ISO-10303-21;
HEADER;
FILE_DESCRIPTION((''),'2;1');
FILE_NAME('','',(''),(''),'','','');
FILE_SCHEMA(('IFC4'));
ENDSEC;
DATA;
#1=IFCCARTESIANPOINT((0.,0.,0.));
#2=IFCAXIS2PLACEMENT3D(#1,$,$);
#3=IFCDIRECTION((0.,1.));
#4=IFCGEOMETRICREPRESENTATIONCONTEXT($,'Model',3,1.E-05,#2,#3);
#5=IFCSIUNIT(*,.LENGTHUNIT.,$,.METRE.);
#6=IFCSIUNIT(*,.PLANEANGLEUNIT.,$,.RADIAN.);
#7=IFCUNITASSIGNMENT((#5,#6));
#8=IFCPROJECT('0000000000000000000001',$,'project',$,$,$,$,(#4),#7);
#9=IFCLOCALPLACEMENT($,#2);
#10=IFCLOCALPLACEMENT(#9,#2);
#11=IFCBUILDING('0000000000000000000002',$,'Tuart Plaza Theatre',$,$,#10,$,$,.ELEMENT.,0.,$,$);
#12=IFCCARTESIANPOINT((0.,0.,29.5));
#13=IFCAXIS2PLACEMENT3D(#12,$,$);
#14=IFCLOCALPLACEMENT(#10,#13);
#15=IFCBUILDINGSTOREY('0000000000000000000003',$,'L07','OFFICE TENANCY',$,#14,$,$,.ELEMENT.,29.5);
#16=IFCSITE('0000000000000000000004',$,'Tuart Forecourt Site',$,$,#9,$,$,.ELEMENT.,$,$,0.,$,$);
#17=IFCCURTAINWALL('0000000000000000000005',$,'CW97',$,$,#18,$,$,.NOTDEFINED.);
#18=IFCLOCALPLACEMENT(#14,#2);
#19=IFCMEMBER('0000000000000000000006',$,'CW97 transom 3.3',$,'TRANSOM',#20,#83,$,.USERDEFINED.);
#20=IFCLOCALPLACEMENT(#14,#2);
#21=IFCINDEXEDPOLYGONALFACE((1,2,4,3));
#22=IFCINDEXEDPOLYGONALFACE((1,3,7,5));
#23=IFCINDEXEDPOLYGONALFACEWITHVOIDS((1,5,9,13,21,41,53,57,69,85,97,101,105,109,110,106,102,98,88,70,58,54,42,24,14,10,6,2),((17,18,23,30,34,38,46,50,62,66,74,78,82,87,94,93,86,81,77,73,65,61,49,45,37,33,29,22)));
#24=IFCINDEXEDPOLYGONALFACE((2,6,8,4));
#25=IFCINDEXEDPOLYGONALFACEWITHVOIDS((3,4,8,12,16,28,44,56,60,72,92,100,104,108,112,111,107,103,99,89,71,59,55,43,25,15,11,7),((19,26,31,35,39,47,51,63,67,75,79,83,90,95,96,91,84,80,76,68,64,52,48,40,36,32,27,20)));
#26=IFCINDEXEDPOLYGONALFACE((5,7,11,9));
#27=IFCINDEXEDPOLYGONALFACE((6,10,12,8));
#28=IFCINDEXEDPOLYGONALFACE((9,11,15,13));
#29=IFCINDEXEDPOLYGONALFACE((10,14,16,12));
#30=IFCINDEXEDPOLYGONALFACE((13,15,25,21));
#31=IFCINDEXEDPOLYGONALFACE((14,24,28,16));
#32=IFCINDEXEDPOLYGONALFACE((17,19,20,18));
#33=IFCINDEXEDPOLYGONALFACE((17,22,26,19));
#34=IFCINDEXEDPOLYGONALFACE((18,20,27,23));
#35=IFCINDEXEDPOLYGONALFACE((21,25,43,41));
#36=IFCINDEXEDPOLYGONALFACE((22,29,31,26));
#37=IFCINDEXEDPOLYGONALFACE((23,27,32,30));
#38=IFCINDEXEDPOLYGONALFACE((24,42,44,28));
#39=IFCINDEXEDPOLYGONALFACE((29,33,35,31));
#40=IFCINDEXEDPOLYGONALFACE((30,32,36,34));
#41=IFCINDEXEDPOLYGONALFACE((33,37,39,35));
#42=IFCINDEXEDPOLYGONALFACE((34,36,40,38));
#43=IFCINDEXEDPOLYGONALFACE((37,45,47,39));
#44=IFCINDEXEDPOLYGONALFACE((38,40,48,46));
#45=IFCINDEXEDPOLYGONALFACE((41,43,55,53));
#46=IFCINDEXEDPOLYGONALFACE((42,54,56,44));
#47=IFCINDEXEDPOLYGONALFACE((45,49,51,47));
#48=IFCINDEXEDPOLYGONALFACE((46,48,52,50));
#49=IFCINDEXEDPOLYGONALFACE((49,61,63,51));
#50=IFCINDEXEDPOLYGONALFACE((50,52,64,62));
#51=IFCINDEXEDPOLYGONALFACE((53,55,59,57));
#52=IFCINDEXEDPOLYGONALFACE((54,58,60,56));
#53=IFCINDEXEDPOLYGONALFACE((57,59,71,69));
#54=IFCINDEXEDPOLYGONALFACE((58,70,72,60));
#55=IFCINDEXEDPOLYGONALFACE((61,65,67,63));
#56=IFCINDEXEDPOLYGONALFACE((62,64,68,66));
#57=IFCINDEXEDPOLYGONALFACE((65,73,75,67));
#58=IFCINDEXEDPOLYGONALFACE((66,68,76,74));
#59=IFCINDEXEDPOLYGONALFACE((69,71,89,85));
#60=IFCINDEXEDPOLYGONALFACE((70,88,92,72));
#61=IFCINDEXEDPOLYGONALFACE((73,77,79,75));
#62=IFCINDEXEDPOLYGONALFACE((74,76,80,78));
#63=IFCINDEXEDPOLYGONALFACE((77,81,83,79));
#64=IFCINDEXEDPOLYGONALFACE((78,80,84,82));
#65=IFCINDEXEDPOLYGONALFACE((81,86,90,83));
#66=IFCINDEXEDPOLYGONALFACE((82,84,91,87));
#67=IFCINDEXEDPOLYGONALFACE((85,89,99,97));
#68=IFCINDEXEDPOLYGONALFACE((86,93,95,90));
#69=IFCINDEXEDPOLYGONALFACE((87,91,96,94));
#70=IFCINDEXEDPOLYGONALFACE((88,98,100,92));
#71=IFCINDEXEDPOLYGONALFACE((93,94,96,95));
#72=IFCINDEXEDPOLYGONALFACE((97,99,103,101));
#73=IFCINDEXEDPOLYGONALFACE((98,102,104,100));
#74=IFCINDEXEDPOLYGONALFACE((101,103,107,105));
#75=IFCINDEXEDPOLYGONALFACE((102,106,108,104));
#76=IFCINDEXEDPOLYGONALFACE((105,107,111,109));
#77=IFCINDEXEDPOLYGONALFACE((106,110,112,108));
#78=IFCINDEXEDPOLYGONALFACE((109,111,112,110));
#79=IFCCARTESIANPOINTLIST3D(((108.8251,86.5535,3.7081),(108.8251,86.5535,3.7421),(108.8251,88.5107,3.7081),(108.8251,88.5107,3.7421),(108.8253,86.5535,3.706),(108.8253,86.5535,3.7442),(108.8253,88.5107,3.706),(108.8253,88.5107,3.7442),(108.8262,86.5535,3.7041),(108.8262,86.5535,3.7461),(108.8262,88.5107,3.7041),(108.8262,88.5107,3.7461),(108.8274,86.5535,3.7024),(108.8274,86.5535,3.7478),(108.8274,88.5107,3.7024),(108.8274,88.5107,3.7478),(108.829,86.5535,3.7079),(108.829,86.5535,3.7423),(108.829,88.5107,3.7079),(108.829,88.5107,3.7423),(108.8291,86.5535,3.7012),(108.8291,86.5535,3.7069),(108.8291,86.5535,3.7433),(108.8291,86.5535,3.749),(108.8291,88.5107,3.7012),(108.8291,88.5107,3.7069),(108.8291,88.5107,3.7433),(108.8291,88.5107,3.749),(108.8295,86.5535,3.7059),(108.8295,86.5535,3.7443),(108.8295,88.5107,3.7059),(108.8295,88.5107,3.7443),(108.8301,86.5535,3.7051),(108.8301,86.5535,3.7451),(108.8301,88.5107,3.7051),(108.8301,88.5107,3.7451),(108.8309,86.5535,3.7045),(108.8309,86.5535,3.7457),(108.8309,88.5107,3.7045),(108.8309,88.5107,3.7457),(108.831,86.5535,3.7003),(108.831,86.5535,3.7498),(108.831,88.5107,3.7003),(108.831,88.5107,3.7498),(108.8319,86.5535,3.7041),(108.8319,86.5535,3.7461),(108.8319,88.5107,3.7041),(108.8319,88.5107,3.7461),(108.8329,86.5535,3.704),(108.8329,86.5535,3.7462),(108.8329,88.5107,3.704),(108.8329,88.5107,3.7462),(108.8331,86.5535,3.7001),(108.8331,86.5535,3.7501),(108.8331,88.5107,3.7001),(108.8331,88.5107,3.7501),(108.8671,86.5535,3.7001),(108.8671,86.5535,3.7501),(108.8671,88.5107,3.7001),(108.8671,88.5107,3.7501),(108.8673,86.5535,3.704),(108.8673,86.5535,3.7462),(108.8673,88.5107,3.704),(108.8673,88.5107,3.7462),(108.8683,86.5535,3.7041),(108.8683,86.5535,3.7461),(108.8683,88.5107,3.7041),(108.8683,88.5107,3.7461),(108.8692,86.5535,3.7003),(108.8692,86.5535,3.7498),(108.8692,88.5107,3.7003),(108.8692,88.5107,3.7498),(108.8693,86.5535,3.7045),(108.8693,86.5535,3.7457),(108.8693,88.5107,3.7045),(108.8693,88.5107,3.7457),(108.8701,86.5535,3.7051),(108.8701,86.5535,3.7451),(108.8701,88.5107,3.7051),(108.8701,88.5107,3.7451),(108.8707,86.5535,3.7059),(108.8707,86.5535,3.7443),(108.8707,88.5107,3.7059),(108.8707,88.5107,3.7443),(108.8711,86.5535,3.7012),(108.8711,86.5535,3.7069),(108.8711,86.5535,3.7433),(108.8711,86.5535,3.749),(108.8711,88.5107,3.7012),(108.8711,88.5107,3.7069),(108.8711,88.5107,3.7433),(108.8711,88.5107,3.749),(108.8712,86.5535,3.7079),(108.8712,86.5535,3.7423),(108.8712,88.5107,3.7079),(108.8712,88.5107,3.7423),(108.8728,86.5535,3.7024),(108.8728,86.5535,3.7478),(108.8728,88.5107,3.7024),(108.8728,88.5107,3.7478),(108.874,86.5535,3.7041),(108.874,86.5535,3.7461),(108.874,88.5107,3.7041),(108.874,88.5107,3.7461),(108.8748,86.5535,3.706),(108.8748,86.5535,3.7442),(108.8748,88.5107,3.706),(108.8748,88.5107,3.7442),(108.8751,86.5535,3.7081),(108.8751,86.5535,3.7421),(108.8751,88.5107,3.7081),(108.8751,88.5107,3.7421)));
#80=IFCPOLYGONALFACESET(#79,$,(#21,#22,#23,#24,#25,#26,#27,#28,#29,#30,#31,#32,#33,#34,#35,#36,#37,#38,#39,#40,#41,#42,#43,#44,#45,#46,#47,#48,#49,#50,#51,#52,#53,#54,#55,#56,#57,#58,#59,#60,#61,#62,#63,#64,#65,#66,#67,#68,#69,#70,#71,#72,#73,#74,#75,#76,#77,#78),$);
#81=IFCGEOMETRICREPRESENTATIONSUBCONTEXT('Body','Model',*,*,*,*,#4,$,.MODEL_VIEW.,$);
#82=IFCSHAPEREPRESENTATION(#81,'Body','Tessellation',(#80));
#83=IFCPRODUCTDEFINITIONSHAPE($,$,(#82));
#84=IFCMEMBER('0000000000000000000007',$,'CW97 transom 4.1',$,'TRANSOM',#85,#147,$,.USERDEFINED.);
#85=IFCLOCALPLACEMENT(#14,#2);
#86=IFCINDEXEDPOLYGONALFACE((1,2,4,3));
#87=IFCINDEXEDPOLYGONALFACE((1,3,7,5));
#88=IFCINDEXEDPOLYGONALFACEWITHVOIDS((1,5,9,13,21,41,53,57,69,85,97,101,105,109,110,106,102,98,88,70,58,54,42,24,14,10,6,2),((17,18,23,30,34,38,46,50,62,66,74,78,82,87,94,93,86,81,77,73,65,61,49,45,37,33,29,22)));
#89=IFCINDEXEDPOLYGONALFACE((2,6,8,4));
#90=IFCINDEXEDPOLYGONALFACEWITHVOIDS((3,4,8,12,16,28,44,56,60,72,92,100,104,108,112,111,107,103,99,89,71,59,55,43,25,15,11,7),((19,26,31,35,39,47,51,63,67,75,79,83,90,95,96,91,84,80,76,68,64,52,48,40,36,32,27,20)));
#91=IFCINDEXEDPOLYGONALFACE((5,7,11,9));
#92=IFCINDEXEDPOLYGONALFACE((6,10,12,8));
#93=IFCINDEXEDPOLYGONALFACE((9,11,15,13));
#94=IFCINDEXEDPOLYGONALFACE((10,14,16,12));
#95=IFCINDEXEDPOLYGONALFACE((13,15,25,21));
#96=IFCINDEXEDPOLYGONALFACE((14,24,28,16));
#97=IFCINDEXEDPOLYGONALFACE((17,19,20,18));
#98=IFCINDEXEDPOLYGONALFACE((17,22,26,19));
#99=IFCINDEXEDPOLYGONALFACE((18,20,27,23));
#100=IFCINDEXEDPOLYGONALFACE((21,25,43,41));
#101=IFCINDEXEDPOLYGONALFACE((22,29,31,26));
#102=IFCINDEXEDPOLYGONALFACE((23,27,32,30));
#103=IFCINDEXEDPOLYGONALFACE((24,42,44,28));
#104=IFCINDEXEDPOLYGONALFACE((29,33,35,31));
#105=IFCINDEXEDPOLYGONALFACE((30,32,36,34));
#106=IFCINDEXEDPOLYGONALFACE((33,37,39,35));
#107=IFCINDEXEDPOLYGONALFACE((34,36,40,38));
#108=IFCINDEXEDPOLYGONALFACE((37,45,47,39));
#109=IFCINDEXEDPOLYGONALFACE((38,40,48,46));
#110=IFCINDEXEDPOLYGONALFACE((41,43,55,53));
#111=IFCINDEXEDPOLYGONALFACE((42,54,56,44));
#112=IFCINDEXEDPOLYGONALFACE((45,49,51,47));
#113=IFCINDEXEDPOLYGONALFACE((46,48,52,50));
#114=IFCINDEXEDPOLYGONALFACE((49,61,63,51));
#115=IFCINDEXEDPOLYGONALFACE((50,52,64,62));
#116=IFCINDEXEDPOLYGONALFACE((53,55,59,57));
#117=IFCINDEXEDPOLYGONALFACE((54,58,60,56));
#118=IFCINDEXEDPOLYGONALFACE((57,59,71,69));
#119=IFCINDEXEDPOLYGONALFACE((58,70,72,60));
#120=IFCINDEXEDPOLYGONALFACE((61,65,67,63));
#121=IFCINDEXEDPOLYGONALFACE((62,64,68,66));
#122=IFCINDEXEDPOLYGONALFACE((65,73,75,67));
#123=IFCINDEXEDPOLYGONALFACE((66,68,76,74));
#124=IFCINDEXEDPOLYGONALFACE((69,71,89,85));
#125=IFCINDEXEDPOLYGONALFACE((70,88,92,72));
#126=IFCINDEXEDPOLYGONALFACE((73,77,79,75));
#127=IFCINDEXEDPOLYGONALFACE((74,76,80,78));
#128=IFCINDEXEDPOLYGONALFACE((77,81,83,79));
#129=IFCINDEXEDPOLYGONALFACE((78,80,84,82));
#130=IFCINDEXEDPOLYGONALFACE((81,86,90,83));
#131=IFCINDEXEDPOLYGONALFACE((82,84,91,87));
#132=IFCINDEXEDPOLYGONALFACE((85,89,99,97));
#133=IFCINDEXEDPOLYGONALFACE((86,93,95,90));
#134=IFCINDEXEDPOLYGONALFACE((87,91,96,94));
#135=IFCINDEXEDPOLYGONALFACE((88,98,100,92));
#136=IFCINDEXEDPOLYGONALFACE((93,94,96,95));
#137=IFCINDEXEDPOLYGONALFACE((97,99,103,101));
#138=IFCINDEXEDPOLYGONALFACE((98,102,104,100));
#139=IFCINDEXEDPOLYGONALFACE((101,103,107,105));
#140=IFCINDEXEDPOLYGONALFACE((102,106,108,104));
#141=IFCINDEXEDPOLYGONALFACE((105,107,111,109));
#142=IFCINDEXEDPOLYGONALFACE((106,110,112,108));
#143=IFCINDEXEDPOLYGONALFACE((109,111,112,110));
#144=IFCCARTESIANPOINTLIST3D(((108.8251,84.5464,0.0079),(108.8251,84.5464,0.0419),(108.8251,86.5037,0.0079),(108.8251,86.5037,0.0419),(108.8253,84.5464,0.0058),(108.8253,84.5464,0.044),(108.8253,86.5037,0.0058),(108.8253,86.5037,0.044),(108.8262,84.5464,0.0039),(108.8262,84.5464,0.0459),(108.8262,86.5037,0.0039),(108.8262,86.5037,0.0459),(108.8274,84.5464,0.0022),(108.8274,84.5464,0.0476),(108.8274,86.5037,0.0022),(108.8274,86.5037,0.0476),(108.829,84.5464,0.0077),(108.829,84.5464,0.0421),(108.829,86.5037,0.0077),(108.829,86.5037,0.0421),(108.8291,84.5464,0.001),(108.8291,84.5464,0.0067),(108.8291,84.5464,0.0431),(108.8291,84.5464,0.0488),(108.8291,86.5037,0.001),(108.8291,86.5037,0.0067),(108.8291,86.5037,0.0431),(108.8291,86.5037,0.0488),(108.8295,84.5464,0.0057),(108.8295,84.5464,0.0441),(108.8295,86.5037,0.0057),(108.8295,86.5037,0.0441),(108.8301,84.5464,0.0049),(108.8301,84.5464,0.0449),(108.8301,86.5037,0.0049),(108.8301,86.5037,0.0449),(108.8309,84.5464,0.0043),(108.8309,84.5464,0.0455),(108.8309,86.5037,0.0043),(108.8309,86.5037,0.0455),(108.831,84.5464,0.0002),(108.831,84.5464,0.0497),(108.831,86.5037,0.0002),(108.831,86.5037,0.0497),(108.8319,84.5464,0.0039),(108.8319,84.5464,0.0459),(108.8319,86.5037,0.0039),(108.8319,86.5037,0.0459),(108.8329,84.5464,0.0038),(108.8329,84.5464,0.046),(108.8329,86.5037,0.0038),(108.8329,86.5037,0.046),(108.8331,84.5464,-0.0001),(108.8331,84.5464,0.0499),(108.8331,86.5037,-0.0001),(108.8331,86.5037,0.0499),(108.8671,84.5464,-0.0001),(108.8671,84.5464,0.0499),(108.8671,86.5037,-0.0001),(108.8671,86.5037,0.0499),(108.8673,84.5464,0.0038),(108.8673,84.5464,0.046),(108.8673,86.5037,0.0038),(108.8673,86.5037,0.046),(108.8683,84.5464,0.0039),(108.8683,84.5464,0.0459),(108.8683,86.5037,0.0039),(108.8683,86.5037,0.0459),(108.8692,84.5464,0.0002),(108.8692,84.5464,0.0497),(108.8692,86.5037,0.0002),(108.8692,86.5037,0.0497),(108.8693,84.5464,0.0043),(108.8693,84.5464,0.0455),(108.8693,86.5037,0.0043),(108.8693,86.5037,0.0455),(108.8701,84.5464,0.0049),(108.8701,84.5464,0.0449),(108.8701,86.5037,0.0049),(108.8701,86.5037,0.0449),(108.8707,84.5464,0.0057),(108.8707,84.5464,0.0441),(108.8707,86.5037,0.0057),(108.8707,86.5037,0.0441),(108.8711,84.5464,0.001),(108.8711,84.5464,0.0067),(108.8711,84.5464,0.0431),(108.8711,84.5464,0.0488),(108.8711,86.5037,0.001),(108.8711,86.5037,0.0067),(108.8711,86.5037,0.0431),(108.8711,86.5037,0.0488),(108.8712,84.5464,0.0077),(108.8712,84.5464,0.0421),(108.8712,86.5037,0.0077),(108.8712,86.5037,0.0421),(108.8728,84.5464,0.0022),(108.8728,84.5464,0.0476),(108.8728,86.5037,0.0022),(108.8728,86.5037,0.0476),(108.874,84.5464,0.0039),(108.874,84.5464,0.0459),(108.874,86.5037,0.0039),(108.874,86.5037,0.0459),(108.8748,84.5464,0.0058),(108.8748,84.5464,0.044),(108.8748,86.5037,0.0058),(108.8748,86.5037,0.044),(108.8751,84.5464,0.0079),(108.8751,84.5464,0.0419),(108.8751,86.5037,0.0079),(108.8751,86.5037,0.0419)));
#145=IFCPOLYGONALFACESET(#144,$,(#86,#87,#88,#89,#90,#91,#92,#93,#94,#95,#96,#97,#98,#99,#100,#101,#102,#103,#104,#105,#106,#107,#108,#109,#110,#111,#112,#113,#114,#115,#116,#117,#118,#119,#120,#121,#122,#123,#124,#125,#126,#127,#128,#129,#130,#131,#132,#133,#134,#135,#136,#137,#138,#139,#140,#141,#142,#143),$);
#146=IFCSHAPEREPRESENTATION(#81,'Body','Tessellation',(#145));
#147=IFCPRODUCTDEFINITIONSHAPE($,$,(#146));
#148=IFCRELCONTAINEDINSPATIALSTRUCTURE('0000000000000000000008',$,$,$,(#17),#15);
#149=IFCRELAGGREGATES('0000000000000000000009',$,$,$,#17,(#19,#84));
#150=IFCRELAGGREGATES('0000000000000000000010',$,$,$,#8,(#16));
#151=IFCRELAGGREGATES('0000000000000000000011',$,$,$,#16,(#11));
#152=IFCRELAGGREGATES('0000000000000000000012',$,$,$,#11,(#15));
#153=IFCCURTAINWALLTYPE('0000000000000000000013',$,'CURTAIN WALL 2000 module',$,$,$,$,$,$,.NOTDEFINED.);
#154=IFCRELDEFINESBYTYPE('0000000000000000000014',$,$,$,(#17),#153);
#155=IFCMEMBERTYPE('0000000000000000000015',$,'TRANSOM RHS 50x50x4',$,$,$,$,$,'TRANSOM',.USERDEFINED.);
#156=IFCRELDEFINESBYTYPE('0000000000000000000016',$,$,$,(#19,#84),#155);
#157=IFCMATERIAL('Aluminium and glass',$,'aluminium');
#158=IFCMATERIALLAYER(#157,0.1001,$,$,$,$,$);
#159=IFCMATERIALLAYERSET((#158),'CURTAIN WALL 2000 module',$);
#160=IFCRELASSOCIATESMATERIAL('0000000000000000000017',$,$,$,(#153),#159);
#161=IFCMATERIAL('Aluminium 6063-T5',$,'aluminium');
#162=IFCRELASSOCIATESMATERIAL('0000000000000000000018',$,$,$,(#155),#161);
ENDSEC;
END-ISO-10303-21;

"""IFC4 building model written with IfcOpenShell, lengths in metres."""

from ifc_helpers import new_model, si_unit, direction, frame, origin, origin_2d, place, context, subcontext, project, spatial, hollow_rectangle, extrude, material, layer, layer_set, material_profile, profile_set, type_object, element, aggregate, save


model = new_model("IFC4")

# Units and contexts
model_context = context("Model", 3, precision=1e-05, world=origin(), true_north=direction((0.0, 1.0)))
body_context = subcontext(model_context, "Body", "Model", "MODEL_VIEW")
ifc_project = project(units=[si_unit("LENGTHUNIT", "METRE"), si_unit("PLANEANGLEUNIT", "RADIAN")], contexts=[model_context])

# Site, building, storey
site_placement = place(None, origin())
site = spatial("IfcSite", under=ifc_project, at=site_placement, Name="Tuart Forecourt Site", CompositionType="ELEMENT", RefElevation=0.0)
building_placement = place(site_placement, origin())
building = spatial("IfcBuilding", under=site, at=building_placement, Name="Tuart Plaza Theatre", CompositionType="ELEMENT", ElevationOfRefHeight=0.0)
storey_placement = place(building_placement, frame((0.0, 0.0, 29.5)))
storey = spatial("IfcBuildingStorey", under=building, at=storey_placement, Name="L07", Description="OFFICE TENANCY", CompositionType="ELEMENT", Elevation=29.5)

# Curtain wall, members
ifc_material_1 = material(Name="Aluminium and glass", Category="aluminium")
ifc_layer_1 = layer(ifc_material_1, 0.1001)
ifc_layer_set_1 = layer_set([ifc_layer_1], Name="CURTAIN WALL 2000 module")
curtain_wall_type = type_object("IfcCurtainWallType", Name="CURTAIN WALL 2000 module", PredefinedType="NOTDEFINED", material=ifc_layer_set_1)
curtain_wall_placement = place(storey_placement, origin())
curtain_wall = element("IfcCurtainWall", 1, at=curtain_wall_placement, inside=storey, type_object=curtain_wall_type, Name="CW97", PredefinedType="NOTDEFINED")
ifc_material_2 = material(Name="Aluminium 6063-T5", Category="aluminium")
ifc_material_profile_1 = material_profile(ifc_material_2, hollow_rectangle(XDim=0.05, YDim=0.05, WallThickness=0.0039, InnerFilletRadius=0.0039, OuterFilletRadius=0.0081, at=origin_2d()), Name="RHS 50x50x4")
ifc_profile_set_1 = profile_set([ifc_material_profile_1], Name="Aluminium 6063-T5")
member_type_1 = type_object("IfcMemberType", Name="TRANSOM RHS 50x50x4", ElementType="TRANSOM", PredefinedType="USERDEFINED", material=ifc_profile_set_1)
member_1_placement = place(storey_placement, frame((108.8501, 88.5107, 3.7251), z_axis=(0.0, -1.0, 0.0), x_axis=(1.0, 0.0, 0.0)))
member_1 = element("IfcMember", 2, at=member_1_placement, type_object=member_type_1, Name="CW97 transom 3.3", ObjectType="TRANSOM", PredefinedType="USERDEFINED", context=body_context, shape_type="SweptSolid", body=[
    extrude(hollow_rectangle(XDim=0.05, YDim=0.05, WallThickness=0.0039, InnerFilletRadius=0.0039, OuterFilletRadius=0.0081, at=origin_2d()), origin(), (0.0, 0.0, 1.0), 1.9573),
])
member_2_placement = place(storey_placement, frame((108.8501, 86.5037, 0.0249), z_axis=(0.0, -1.0, 0.0), x_axis=(1.0, 0.0, 0.0)))
member_2 = element("IfcMember", 3, at=member_2_placement, type_object=member_type_1, Name="CW97 transom 4.1", ObjectType="TRANSOM", PredefinedType="USERDEFINED", context=body_context, shape_type="SweptSolid", body=[
    extrude(hollow_rectangle(XDim=0.05, YDim=0.05, WallThickness=0.0039, InnerFilletRadius=0.0039, OuterFilletRadius=0.0081, at=origin_2d()), origin(), (0.0, 0.0, 1.0), 1.9573),
])
aggregate(curtain_wall, [member_1, member_2])

save(model, "model.ifc")
